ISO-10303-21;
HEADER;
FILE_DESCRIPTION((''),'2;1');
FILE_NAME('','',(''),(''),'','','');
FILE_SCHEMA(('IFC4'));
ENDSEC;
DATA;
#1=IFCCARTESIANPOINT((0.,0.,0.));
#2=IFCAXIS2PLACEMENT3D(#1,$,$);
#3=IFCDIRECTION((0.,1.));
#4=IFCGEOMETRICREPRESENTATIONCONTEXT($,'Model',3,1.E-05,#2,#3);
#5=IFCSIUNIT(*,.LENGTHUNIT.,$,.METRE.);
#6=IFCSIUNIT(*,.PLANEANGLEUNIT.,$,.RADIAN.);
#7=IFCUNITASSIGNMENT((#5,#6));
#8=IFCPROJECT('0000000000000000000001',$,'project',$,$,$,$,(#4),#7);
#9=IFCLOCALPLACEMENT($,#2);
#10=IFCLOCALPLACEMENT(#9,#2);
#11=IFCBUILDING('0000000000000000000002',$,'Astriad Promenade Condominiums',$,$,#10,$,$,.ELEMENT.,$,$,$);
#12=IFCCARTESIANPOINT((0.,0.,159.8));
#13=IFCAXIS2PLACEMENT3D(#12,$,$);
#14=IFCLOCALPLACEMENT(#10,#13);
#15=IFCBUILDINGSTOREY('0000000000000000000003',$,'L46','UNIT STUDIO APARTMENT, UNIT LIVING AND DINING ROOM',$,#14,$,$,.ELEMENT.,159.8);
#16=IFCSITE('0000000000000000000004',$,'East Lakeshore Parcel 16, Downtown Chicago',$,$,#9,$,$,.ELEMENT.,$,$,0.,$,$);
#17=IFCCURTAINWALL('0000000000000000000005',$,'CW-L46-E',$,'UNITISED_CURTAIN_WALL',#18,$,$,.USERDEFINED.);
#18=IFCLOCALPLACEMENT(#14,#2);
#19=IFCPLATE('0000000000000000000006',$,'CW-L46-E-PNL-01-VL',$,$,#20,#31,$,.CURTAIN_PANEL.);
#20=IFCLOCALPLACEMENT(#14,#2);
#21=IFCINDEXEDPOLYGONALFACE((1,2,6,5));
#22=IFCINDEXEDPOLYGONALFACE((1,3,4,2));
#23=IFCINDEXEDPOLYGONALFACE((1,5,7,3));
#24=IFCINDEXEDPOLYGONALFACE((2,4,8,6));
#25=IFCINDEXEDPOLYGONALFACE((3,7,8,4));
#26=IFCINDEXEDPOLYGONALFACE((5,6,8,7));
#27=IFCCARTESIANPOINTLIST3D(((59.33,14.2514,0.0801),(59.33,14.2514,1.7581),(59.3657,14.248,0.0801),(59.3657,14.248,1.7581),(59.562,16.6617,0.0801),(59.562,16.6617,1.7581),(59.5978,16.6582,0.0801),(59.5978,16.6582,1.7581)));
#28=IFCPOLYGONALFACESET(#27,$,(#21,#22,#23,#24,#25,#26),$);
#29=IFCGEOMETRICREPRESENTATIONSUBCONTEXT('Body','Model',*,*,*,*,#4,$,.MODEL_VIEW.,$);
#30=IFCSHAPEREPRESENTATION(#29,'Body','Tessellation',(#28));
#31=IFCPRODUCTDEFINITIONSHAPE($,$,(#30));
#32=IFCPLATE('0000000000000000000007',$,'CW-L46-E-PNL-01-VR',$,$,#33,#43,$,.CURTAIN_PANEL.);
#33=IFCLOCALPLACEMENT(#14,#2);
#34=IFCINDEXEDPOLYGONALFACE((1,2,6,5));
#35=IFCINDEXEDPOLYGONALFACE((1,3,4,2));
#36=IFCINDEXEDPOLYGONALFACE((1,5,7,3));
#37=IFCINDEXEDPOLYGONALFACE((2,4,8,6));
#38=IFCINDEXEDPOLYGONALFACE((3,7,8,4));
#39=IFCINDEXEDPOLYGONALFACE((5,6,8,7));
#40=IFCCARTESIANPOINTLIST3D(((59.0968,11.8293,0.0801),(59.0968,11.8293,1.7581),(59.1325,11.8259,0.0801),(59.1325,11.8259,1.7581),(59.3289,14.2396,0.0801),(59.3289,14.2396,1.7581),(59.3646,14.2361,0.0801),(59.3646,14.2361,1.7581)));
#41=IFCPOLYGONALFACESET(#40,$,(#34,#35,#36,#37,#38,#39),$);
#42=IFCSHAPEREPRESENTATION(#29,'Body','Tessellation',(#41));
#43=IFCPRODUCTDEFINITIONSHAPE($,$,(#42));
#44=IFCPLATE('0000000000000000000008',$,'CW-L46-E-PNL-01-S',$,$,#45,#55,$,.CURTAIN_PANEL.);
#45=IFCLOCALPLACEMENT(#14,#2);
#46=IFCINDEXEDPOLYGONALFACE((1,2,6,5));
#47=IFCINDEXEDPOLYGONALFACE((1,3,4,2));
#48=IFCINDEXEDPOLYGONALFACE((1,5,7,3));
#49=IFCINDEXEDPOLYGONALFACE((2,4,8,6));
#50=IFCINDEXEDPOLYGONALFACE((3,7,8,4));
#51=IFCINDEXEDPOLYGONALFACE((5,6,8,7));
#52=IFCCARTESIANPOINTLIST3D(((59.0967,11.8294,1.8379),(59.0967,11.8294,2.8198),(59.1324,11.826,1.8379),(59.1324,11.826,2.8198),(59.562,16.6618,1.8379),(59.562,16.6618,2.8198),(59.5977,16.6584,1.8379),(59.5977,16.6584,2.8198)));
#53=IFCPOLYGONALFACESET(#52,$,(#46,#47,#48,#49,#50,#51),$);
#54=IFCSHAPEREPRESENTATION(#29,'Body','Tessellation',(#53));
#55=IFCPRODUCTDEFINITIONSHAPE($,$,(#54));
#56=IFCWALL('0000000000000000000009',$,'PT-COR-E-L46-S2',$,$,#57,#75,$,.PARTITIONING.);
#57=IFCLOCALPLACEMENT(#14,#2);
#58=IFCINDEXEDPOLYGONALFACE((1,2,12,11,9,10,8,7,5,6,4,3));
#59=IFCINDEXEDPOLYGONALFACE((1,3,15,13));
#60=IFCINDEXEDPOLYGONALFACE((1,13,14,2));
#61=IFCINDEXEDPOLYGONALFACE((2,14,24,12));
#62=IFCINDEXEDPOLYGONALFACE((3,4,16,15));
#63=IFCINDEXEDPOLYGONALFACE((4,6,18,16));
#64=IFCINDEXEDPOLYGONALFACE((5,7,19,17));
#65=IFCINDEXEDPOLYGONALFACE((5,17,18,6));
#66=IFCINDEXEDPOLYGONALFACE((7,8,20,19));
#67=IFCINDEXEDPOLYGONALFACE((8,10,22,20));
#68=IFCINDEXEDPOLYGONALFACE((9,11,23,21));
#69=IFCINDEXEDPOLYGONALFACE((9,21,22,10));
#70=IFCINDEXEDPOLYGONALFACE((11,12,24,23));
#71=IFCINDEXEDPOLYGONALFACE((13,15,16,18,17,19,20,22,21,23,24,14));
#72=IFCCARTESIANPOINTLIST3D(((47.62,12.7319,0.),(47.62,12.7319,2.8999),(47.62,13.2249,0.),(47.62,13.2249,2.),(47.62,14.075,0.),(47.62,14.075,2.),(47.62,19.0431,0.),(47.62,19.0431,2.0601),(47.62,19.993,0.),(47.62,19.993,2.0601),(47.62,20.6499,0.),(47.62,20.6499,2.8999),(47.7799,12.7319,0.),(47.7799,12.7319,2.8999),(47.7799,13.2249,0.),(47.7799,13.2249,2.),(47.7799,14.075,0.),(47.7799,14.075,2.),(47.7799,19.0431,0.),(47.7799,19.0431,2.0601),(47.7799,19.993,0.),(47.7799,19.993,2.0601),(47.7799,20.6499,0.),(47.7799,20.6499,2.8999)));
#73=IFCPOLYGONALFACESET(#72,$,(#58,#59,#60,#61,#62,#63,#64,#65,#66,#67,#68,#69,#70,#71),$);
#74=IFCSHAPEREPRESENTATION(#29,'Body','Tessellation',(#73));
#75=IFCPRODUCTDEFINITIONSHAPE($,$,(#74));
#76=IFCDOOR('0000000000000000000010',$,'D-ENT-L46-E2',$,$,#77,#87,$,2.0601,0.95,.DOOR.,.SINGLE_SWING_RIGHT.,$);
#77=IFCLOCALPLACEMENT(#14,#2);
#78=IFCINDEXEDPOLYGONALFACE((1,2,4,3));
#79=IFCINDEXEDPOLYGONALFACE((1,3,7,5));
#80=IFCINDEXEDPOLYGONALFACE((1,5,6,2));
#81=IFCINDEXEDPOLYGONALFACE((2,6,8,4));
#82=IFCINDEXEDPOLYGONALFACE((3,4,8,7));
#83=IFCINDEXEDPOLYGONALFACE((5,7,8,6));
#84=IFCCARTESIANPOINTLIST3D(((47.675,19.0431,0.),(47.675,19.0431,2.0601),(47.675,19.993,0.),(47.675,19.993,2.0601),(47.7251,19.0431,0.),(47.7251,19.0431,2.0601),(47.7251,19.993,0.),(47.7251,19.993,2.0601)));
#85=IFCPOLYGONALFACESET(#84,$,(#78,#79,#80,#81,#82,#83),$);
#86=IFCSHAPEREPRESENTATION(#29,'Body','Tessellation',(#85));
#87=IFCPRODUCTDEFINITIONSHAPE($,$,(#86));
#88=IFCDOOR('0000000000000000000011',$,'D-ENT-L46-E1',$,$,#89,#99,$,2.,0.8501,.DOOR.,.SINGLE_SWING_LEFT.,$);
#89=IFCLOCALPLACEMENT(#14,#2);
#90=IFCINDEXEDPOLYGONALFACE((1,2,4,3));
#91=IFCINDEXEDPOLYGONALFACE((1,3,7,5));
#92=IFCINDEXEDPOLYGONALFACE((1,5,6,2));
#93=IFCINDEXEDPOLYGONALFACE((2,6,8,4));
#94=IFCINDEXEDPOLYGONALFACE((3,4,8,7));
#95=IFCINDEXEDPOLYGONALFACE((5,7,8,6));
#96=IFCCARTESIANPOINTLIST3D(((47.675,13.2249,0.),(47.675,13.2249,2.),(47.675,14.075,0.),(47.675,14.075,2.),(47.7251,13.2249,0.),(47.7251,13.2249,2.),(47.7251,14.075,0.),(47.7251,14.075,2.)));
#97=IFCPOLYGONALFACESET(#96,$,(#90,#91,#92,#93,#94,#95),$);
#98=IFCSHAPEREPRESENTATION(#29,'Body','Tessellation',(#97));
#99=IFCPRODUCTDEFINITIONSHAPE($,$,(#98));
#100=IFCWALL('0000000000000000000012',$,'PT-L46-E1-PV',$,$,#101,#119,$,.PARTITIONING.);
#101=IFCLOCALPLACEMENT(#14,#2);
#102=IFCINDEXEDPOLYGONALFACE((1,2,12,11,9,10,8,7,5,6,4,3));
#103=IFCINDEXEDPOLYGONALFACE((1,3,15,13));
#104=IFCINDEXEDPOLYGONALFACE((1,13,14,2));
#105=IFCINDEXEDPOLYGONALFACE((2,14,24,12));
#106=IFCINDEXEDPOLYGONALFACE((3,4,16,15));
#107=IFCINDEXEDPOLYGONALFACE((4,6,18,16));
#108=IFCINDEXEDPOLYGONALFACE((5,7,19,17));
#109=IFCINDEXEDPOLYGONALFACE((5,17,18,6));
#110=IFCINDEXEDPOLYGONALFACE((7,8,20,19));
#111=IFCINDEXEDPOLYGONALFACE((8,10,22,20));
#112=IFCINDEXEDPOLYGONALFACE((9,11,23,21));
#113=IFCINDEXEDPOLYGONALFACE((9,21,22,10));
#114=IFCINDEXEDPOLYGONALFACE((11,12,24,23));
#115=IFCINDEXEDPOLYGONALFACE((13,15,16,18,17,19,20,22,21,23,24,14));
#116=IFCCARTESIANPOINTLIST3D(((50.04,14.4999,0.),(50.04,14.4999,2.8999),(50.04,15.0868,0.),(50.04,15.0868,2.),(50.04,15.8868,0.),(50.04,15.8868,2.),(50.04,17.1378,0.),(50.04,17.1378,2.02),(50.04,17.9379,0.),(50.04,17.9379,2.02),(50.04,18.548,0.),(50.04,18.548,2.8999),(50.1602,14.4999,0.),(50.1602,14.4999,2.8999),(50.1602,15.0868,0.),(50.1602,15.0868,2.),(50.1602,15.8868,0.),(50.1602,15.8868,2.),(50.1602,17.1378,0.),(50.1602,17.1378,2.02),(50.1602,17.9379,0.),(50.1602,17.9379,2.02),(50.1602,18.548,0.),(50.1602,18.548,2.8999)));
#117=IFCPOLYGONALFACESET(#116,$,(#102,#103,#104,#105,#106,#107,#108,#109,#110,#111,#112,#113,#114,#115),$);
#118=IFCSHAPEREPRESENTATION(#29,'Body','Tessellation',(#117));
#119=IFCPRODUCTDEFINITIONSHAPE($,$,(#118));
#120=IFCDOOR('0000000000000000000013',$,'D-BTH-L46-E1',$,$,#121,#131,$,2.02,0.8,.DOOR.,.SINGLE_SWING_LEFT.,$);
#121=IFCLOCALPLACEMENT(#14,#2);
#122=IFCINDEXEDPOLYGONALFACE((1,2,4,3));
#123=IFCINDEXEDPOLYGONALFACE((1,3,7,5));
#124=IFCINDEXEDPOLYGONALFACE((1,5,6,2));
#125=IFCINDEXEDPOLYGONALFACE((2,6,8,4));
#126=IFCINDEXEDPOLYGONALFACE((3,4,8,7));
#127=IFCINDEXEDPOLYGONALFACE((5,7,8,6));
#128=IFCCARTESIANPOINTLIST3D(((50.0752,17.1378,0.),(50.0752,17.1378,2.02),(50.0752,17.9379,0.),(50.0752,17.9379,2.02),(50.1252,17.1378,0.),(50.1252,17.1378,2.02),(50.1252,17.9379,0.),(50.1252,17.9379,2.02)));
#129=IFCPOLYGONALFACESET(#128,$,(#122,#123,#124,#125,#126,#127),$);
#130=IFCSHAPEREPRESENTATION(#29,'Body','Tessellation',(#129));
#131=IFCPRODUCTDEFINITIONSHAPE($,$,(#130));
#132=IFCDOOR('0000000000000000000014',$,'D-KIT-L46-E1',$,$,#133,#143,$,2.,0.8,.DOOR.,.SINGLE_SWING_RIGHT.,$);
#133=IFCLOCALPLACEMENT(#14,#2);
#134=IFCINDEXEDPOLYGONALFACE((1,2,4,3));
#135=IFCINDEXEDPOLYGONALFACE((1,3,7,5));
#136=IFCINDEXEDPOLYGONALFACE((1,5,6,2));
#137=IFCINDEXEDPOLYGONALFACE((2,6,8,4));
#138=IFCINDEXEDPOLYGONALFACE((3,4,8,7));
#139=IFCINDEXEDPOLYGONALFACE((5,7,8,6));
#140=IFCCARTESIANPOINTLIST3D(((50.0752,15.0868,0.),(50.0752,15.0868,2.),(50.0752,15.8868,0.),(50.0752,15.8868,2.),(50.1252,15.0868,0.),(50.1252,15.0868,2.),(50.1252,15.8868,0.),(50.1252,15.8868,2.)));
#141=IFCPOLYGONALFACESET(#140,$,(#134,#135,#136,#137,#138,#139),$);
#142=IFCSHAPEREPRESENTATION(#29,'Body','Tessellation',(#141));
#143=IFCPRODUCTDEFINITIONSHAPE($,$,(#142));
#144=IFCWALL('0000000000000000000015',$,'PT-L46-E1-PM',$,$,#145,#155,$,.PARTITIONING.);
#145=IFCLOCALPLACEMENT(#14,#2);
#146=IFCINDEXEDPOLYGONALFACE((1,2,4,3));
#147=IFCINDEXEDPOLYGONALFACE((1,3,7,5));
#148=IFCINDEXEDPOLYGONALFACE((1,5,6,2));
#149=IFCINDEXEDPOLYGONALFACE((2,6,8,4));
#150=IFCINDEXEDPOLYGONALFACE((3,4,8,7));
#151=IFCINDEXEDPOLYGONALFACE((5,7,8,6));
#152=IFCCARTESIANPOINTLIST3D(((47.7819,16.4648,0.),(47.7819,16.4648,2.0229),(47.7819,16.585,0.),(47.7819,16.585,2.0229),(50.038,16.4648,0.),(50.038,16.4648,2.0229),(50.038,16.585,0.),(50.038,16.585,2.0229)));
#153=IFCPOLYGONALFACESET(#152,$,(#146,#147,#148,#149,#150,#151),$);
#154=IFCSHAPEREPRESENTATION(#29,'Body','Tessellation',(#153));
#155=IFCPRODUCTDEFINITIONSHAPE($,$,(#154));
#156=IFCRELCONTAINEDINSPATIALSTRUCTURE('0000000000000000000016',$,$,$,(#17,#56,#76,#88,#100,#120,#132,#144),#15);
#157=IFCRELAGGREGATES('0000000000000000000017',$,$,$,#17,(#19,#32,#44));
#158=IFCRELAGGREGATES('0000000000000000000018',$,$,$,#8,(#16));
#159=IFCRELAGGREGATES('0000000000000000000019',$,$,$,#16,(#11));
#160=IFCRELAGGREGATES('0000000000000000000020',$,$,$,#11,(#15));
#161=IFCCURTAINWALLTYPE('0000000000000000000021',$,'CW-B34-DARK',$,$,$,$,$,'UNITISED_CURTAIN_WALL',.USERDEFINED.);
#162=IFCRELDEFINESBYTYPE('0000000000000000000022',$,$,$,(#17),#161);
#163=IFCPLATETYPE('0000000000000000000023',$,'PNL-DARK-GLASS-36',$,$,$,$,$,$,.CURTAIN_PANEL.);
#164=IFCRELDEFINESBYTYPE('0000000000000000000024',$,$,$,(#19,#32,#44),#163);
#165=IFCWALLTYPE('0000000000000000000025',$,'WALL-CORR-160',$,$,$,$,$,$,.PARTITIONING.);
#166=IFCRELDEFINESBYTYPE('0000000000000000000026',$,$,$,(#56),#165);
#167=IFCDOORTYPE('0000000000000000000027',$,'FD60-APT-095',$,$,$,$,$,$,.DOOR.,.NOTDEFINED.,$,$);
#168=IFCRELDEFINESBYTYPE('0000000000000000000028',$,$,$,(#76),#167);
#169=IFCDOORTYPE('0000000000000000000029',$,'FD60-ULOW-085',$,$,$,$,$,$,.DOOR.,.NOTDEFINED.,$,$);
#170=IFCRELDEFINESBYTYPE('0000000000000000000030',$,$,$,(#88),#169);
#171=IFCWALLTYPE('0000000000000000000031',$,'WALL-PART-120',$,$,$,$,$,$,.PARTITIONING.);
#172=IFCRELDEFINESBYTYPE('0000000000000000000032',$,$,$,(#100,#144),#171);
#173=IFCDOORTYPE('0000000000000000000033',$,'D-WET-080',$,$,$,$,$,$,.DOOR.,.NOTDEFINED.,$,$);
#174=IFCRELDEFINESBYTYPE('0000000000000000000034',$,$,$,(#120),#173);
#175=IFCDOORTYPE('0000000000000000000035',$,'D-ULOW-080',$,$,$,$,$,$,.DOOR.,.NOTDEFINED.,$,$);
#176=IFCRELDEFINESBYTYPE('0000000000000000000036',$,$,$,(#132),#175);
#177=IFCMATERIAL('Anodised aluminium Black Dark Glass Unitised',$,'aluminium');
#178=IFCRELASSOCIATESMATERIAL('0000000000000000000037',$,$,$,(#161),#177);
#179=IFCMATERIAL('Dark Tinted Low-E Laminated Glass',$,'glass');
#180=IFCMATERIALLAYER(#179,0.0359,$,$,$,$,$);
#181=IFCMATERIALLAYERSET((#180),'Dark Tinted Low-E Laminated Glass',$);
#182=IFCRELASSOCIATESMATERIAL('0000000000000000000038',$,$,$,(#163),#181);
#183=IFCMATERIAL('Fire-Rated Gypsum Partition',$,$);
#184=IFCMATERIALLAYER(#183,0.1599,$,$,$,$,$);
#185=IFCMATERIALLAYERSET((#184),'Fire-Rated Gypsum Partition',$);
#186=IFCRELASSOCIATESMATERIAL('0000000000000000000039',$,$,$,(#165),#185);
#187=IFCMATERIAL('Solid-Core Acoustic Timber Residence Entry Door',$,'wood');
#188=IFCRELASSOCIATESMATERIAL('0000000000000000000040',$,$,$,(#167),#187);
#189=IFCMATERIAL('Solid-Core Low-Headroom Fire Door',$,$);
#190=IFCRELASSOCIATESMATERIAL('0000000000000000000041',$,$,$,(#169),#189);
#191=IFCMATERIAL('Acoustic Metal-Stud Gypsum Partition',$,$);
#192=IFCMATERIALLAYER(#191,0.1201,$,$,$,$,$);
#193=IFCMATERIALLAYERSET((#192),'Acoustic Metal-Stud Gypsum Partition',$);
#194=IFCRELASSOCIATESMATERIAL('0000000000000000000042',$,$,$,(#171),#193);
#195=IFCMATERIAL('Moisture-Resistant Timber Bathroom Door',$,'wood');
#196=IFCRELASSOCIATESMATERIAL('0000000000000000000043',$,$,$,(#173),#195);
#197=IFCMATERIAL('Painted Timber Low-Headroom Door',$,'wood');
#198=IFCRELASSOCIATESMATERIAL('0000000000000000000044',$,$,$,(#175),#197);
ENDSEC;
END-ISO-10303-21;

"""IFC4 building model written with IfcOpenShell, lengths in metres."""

from ifc_helpers import new_model, si_unit, direction, frame, frame_2d, origin, origin_2d, place, context, subcontext, project, spatial, rectangle, extrude, source, transform, mapped, material, layer, layer_set, type_object, type_shapes, element, fill, aggregate, save


model = new_model("IFC4")

# Units and contexts
model_context = context("Model", 3, precision=1e-05, world=origin(), true_north=direction((0.0, 1.0)))
body_context = subcontext(model_context, "Body", "Model", "MODEL_VIEW")
ifc_project = project(units=[si_unit("LENGTHUNIT", "METRE"), si_unit("PLANEANGLEUNIT", "RADIAN")], contexts=[model_context])

# Site, building, storey
site_placement = place(None, origin())
site = spatial("IfcSite", under=ifc_project, at=site_placement, Name="East Lakeshore Parcel 16, Downtown Chicago", CompositionType="ELEMENT", RefElevation=0.0)
building_placement = place(site_placement, origin())
building = spatial("IfcBuilding", under=site, at=building_placement, Name="Astriad Promenade Condominiums", CompositionType="ELEMENT")
storey_placement = place(building_placement, frame((0.0, 0.0, 159.8)))
storey = spatial("IfcBuildingStorey", under=building, at=storey_placement, Name="L46", Description="UNIT STUDIO APARTMENT, UNIT LIVING AND DINING ROOM", CompositionType="ELEMENT", Elevation=159.8)

# Curtain wall, plates
ifc_material_1 = material(Name="Anodised aluminium Black Dark Glass Unitised", Category="aluminium")
curtain_wall_type = type_object("IfcCurtainWallType", Name="CW-B34-DARK", ElementType="UNITISED_CURTAIN_WALL", PredefinedType="USERDEFINED", material=ifc_material_1)
curtain_wall_placement = place(storey_placement, origin())
curtain_wall = element("IfcCurtainWall", 1, at=curtain_wall_placement, inside=storey, type_object=curtain_wall_type, Name="CW-L46-E", ObjectType="UNITISED_CURTAIN_WALL", PredefinedType="USERDEFINED")
ifc_material_2 = material(Name="Dark Tinted Low-E Laminated Glass", Category="glass")
ifc_layer_1 = layer(ifc_material_2, 0.0359)
ifc_layer_set_1 = layer_set([ifc_layer_1], Name="Dark Tinted Low-E Laminated Glass")
plate_type = type_object("IfcPlateType", Name="PNL-DARK-GLASS-36", PredefinedType="CURTAIN_PANEL", material=ifc_layer_set_1)
shared_shape_1 = source(origin(), body_context, "Body", "SweptSolid", [
    extrude(rectangle(XDim=2.4214, YDim=0.0359, at=origin_2d()), origin(), (0.0, 0.0, 1.0), 1.678),
])
plate_1_placement = place(storey_placement, frame((59.4639, 15.4548, 0.0801), z_axis=(0.0, 0.0, 1.0), x_axis=(-0.095846, -0.995396, 0.0)))
plate_1 = element("IfcPlate", 2, at=plate_1_placement, type_object=plate_type, Name="CW-L46-E-PNL-01-VL", PredefinedType="CURTAIN_PANEL", context=body_context, shape_type="MappedRepresentation", body=[
    mapped(shared_shape_1, transform((0.0, 0.0, 0.0), scale=1.0)),
])
plate_2_placement = place(storey_placement, frame((59.2307, 13.0327, 0.0801), z_axis=(0.0, 0.0, 1.0), x_axis=(-0.095846, -0.995396, 0.0)))
plate_2 = element("IfcPlate", 3, at=plate_2_placement, type_object=plate_type, Name="CW-L46-E-PNL-01-VR", PredefinedType="CURTAIN_PANEL", context=body_context, shape_type="MappedRepresentation", body=[
    mapped(shared_shape_1, transform((0.0, 0.0, 0.0), scale=1.0)),
])
shared_shape_2 = source(origin(), body_context, "Body", "SweptSolid", [
    extrude(rectangle(XDim=4.8547, YDim=0.0359, at=origin_2d()), origin(), (0.0, 0.0, 1.0), 0.9819),
])
type_shapes(plate_type, [shared_shape_1, shared_shape_2])
plate_3_placement = place(storey_placement, frame((59.3472, 14.2439, 1.8379), z_axis=(0.0, 0.0, 1.0), x_axis=(-0.095846, -0.995396, 0.0)))
plate_3 = element("IfcPlate", 4, at=plate_3_placement, type_object=plate_type, Name="CW-L46-E-PNL-01-S", PredefinedType="CURTAIN_PANEL", context=body_context, shape_type="MappedRepresentation", body=[
    mapped(shared_shape_2, transform((0.0, 0.0, 0.0), scale=1.0)),
])
aggregate(curtain_wall, [plate_1, plate_2, plate_3])

# Walls, openings, doors
ifc_material_3 = material(Name="Fire-Rated Gypsum Partition")
ifc_layer_2 = layer(ifc_material_3, 0.1599)
ifc_layer_set_2 = layer_set([ifc_layer_2], Name="Fire-Rated Gypsum Partition")
wall_type_1 = type_object("IfcWallType", Name="WALL-CORR-160", PredefinedType="PARTITIONING", material=ifc_layer_set_2)
wall_1_placement = place(storey_placement, frame((47.7, 12.7319, 0.0), z_axis=(0.0, 0.0, 1.0), x_axis=(0.0, 1.0, 0.0)))
wall_1 = element("IfcWall", 5, at=wall_1_placement, inside=storey, type_object=wall_type_1, Name="PT-COR-E-L46-S2", PredefinedType="PARTITIONING", context=body_context, shape_type="SweptSolid", body=[
    extrude(rectangle(XDim=7.918, YDim=0.1599, at=frame_2d((3.959, 0.0))), origin(), (0.0, 0.0, 1.0), 2.8999),
])
opening_1_placement = place(wall_1_placement, frame((0.4929, 0.0, 0.0)))
opening_1 = element("IfcOpeningElement", 6, at=opening_1_placement, cuts=wall_1, PredefinedType="OPENING", context=body_context, shape_type="SweptSolid", body=[
    extrude(rectangle(XDim=0.8501, YDim=2.0, at=frame_2d((0.425, 1.0))), frame((0.0, 0.0898, 0.0), z_axis=(0.0, -1.0, 0.0), x_axis=(1.0, 0.0, 0.0)), (0.0, 0.0, 1.0), 0.1799),
])
opening_2_placement = place(wall_1_placement, frame((6.311, 0.0, 0.0)))
opening_2 = element("IfcOpeningElement", 7, at=opening_2_placement, cuts=wall_1, PredefinedType="OPENING", context=body_context, shape_type="SweptSolid", body=[
    extrude(rectangle(XDim=0.95, YDim=2.0601, at=frame_2d((0.4751, 1.03))), frame((0.0, 0.0898, 0.0), z_axis=(0.0, -1.0, 0.0), x_axis=(1.0, 0.0, 0.0)), (0.0, 0.0, 1.0), 0.1799),
])
ifc_material_4 = material(Name="Solid-Core Acoustic Timber Residence Entry Door", Category="wood")
door_type_1 = type_object("IfcDoorType", Name="FD60-APT-095", OperationType="NOTDEFINED", PredefinedType="DOOR", material=ifc_material_4)
shared_shape_3 = source(origin(), body_context, "Body", "SweptSolid", [
    extrude(rectangle(XDim=0.95, YDim=2.0601, at=frame_2d((0.4751, 1.03))), frame((0.0, 0.0249, 0.0), z_axis=(0.0, -1.0, 0.0), x_axis=(1.0, 0.0, 0.0)), (0.0, 0.0, 1.0), 0.05),
])
type_shapes(door_type_1, [shared_shape_3])
door_1_placement = place(opening_2_placement, origin())
door_1 = element("IfcDoor", 8, at=door_1_placement, inside=storey, type_object=door_type_1, Name="D-ENT-L46-E2", OperationType="SINGLE_SWING_RIGHT", OverallHeight=2.0601, OverallWidth=0.95, PredefinedType="DOOR", context=body_context, shape_type="MappedRepresentation", body=[
    mapped(shared_shape_3, transform((0.0, 0.0, 0.0), scale=1.0)),
])
fill(opening_2, door_1)
ifc_material_5 = material(Name="Solid-Core Low-Headroom Fire Door")
door_type_2 = type_object("IfcDoorType", Name="FD60-ULOW-085", OperationType="NOTDEFINED", PredefinedType="DOOR", material=ifc_material_5)
shared_shape_4 = source(origin(), body_context, "Body", "SweptSolid", [
    extrude(rectangle(XDim=0.8501, YDim=2.0, at=frame_2d((0.425, 1.0))), frame((0.0, 0.0249, 0.0), z_axis=(0.0, -1.0, 0.0), x_axis=(1.0, 0.0, 0.0)), (0.0, 0.0, 1.0), 0.05),
])
type_shapes(door_type_2, [shared_shape_4])
door_2_placement = place(opening_1_placement, origin())
door_2 = element("IfcDoor", 9, at=door_2_placement, inside=storey, type_object=door_type_2, Name="D-ENT-L46-E1", OperationType="SINGLE_SWING_LEFT", OverallHeight=2.0, OverallWidth=0.8501, PredefinedType="DOOR", context=body_context, shape_type="MappedRepresentation", body=[
    mapped(shared_shape_4, transform((0.0, 0.0, 0.0), scale=1.0)),
])
fill(opening_1, door_2)
ifc_material_6 = material(Name="Acoustic Metal-Stud Gypsum Partition")
ifc_layer_3 = layer(ifc_material_6, 0.1201)
ifc_layer_set_3 = layer_set([ifc_layer_3], Name="Acoustic Metal-Stud Gypsum Partition")
wall_type_2 = type_object("IfcWallType", Name="WALL-PART-120", PredefinedType="PARTITIONING", material=ifc_layer_set_3)
wall_2_placement = place(storey_placement, frame((50.1001, 14.5, 0.0), z_axis=(0.0, 0.0, 1.0), x_axis=(0.0, 1.0, 0.0)))
wall_2 = element("IfcWall", 10, at=wall_2_placement, inside=storey, type_object=wall_type_2, Name="PT-L46-E1-PV", PredefinedType="PARTITIONING", context=body_context, shape_type="SweptSolid", body=[
    extrude(rectangle(XDim=4.0481, YDim=0.1201, at=frame_2d((2.0239, 0.0))), origin(), (0.0, 0.0, 1.0), 2.8999),
])
opening_3_placement = place(wall_2_placement, frame((0.5869, 0.0, 0.0)))
opening_3 = element("IfcOpeningElement", 11, at=opening_3_placement, cuts=wall_2, PredefinedType="OPENING", context=body_context, shape_type="SweptSolid", body=[
    extrude(rectangle(XDim=0.8, YDim=2.0, at=frame_2d((0.3999, 1.0))), frame((0.0, 0.0701, 0.0), z_axis=(0.0, -1.0, 0.0), x_axis=(1.0, 0.0, 0.0)), (0.0, 0.0, 1.0), 0.1401),
])
opening_4_placement = place(wall_2_placement, frame((2.6379, 0.0, 0.0)))
opening_4 = element("IfcOpeningElement", 12, at=opening_4_placement, cuts=wall_2, PredefinedType="OPENING", context=body_context, shape_type="SweptSolid", body=[
    extrude(rectangle(XDim=0.8, YDim=2.02, at=frame_2d((0.3999, 1.01))), frame((0.0, 0.0701, 0.0), z_axis=(0.0, -1.0, 0.0), x_axis=(1.0, 0.0, 0.0)), (0.0, 0.0, 1.0), 0.1401),
])
ifc_material_7 = material(Name="Moisture-Resistant Timber Bathroom Door", Category="wood")
door_type_3 = type_object("IfcDoorType", Name="D-WET-080", OperationType="NOTDEFINED", PredefinedType="DOOR", material=ifc_material_7)
shared_shape_5 = source(origin(), body_context, "Body", "SweptSolid", [
    extrude(rectangle(XDim=0.8, YDim=2.02, at=frame_2d((0.3999, 1.01))), frame((0.0, 0.0249, 0.0), z_axis=(0.0, -1.0, 0.0), x_axis=(1.0, 0.0, 0.0)), (0.0, 0.0, 1.0), 0.05),
])
type_shapes(door_type_3, [shared_shape_5])
door_3_placement = place(opening_4_placement, origin())
door_3 = element("IfcDoor", 13, at=door_3_placement, inside=storey, type_object=door_type_3, Name="D-BTH-L46-E1", OperationType="SINGLE_SWING_LEFT", OverallHeight=2.02, OverallWidth=0.8, PredefinedType="DOOR", context=body_context, shape_type="MappedRepresentation", body=[
    mapped(shared_shape_5, transform((0.0, 0.0, 0.0), scale=1.0)),
])
fill(opening_4, door_3)
ifc_material_8 = material(Name="Painted Timber Low-Headroom Door", Category="wood")
door_type_4 = type_object("IfcDoorType", Name="D-ULOW-080", OperationType="NOTDEFINED", PredefinedType="DOOR", material=ifc_material_8)
shared_shape_6 = source(origin(), body_context, "Body", "SweptSolid", [
    extrude(rectangle(XDim=0.8, YDim=2.0, at=frame_2d((0.3999, 1.0))), frame((0.0, 0.0249, 0.0), z_axis=(0.0, -1.0, 0.0), x_axis=(1.0, 0.0, 0.0)), (0.0, 0.0, 1.0), 0.05),
])
type_shapes(door_type_4, [shared_shape_6])
door_4_placement = place(opening_3_placement, origin())
door_4 = element("IfcDoor", 14, at=door_4_placement, inside=storey, type_object=door_type_4, Name="D-KIT-L46-E1", OperationType="SINGLE_SWING_RIGHT", OverallHeight=2.0, OverallWidth=0.8, PredefinedType="DOOR", context=body_context, shape_type="MappedRepresentation", body=[
    mapped(shared_shape_6, transform((0.0, 0.0, 0.0), scale=1.0)),
])
fill(opening_3, door_4)

# Wall
wall_3_placement = place(storey_placement, frame((47.782, 16.5249, 0.0), z_axis=(0.0, 0.0, 1.0), x_axis=(1.0, 0.0, 0.0)))
element("IfcWall", 15, at=wall_3_placement, inside=storey, type_object=wall_type_2, Name="PT-L46-E1-PM", PredefinedType="PARTITIONING", context=body_context, shape_type="SweptSolid", body=[
    extrude(rectangle(XDim=2.2561, YDim=0.1201, at=frame_2d((1.1279, 0.0))), origin(), (0.0, 0.0, 1.0), 2.0229),
])

save(model, "model.ifc")
